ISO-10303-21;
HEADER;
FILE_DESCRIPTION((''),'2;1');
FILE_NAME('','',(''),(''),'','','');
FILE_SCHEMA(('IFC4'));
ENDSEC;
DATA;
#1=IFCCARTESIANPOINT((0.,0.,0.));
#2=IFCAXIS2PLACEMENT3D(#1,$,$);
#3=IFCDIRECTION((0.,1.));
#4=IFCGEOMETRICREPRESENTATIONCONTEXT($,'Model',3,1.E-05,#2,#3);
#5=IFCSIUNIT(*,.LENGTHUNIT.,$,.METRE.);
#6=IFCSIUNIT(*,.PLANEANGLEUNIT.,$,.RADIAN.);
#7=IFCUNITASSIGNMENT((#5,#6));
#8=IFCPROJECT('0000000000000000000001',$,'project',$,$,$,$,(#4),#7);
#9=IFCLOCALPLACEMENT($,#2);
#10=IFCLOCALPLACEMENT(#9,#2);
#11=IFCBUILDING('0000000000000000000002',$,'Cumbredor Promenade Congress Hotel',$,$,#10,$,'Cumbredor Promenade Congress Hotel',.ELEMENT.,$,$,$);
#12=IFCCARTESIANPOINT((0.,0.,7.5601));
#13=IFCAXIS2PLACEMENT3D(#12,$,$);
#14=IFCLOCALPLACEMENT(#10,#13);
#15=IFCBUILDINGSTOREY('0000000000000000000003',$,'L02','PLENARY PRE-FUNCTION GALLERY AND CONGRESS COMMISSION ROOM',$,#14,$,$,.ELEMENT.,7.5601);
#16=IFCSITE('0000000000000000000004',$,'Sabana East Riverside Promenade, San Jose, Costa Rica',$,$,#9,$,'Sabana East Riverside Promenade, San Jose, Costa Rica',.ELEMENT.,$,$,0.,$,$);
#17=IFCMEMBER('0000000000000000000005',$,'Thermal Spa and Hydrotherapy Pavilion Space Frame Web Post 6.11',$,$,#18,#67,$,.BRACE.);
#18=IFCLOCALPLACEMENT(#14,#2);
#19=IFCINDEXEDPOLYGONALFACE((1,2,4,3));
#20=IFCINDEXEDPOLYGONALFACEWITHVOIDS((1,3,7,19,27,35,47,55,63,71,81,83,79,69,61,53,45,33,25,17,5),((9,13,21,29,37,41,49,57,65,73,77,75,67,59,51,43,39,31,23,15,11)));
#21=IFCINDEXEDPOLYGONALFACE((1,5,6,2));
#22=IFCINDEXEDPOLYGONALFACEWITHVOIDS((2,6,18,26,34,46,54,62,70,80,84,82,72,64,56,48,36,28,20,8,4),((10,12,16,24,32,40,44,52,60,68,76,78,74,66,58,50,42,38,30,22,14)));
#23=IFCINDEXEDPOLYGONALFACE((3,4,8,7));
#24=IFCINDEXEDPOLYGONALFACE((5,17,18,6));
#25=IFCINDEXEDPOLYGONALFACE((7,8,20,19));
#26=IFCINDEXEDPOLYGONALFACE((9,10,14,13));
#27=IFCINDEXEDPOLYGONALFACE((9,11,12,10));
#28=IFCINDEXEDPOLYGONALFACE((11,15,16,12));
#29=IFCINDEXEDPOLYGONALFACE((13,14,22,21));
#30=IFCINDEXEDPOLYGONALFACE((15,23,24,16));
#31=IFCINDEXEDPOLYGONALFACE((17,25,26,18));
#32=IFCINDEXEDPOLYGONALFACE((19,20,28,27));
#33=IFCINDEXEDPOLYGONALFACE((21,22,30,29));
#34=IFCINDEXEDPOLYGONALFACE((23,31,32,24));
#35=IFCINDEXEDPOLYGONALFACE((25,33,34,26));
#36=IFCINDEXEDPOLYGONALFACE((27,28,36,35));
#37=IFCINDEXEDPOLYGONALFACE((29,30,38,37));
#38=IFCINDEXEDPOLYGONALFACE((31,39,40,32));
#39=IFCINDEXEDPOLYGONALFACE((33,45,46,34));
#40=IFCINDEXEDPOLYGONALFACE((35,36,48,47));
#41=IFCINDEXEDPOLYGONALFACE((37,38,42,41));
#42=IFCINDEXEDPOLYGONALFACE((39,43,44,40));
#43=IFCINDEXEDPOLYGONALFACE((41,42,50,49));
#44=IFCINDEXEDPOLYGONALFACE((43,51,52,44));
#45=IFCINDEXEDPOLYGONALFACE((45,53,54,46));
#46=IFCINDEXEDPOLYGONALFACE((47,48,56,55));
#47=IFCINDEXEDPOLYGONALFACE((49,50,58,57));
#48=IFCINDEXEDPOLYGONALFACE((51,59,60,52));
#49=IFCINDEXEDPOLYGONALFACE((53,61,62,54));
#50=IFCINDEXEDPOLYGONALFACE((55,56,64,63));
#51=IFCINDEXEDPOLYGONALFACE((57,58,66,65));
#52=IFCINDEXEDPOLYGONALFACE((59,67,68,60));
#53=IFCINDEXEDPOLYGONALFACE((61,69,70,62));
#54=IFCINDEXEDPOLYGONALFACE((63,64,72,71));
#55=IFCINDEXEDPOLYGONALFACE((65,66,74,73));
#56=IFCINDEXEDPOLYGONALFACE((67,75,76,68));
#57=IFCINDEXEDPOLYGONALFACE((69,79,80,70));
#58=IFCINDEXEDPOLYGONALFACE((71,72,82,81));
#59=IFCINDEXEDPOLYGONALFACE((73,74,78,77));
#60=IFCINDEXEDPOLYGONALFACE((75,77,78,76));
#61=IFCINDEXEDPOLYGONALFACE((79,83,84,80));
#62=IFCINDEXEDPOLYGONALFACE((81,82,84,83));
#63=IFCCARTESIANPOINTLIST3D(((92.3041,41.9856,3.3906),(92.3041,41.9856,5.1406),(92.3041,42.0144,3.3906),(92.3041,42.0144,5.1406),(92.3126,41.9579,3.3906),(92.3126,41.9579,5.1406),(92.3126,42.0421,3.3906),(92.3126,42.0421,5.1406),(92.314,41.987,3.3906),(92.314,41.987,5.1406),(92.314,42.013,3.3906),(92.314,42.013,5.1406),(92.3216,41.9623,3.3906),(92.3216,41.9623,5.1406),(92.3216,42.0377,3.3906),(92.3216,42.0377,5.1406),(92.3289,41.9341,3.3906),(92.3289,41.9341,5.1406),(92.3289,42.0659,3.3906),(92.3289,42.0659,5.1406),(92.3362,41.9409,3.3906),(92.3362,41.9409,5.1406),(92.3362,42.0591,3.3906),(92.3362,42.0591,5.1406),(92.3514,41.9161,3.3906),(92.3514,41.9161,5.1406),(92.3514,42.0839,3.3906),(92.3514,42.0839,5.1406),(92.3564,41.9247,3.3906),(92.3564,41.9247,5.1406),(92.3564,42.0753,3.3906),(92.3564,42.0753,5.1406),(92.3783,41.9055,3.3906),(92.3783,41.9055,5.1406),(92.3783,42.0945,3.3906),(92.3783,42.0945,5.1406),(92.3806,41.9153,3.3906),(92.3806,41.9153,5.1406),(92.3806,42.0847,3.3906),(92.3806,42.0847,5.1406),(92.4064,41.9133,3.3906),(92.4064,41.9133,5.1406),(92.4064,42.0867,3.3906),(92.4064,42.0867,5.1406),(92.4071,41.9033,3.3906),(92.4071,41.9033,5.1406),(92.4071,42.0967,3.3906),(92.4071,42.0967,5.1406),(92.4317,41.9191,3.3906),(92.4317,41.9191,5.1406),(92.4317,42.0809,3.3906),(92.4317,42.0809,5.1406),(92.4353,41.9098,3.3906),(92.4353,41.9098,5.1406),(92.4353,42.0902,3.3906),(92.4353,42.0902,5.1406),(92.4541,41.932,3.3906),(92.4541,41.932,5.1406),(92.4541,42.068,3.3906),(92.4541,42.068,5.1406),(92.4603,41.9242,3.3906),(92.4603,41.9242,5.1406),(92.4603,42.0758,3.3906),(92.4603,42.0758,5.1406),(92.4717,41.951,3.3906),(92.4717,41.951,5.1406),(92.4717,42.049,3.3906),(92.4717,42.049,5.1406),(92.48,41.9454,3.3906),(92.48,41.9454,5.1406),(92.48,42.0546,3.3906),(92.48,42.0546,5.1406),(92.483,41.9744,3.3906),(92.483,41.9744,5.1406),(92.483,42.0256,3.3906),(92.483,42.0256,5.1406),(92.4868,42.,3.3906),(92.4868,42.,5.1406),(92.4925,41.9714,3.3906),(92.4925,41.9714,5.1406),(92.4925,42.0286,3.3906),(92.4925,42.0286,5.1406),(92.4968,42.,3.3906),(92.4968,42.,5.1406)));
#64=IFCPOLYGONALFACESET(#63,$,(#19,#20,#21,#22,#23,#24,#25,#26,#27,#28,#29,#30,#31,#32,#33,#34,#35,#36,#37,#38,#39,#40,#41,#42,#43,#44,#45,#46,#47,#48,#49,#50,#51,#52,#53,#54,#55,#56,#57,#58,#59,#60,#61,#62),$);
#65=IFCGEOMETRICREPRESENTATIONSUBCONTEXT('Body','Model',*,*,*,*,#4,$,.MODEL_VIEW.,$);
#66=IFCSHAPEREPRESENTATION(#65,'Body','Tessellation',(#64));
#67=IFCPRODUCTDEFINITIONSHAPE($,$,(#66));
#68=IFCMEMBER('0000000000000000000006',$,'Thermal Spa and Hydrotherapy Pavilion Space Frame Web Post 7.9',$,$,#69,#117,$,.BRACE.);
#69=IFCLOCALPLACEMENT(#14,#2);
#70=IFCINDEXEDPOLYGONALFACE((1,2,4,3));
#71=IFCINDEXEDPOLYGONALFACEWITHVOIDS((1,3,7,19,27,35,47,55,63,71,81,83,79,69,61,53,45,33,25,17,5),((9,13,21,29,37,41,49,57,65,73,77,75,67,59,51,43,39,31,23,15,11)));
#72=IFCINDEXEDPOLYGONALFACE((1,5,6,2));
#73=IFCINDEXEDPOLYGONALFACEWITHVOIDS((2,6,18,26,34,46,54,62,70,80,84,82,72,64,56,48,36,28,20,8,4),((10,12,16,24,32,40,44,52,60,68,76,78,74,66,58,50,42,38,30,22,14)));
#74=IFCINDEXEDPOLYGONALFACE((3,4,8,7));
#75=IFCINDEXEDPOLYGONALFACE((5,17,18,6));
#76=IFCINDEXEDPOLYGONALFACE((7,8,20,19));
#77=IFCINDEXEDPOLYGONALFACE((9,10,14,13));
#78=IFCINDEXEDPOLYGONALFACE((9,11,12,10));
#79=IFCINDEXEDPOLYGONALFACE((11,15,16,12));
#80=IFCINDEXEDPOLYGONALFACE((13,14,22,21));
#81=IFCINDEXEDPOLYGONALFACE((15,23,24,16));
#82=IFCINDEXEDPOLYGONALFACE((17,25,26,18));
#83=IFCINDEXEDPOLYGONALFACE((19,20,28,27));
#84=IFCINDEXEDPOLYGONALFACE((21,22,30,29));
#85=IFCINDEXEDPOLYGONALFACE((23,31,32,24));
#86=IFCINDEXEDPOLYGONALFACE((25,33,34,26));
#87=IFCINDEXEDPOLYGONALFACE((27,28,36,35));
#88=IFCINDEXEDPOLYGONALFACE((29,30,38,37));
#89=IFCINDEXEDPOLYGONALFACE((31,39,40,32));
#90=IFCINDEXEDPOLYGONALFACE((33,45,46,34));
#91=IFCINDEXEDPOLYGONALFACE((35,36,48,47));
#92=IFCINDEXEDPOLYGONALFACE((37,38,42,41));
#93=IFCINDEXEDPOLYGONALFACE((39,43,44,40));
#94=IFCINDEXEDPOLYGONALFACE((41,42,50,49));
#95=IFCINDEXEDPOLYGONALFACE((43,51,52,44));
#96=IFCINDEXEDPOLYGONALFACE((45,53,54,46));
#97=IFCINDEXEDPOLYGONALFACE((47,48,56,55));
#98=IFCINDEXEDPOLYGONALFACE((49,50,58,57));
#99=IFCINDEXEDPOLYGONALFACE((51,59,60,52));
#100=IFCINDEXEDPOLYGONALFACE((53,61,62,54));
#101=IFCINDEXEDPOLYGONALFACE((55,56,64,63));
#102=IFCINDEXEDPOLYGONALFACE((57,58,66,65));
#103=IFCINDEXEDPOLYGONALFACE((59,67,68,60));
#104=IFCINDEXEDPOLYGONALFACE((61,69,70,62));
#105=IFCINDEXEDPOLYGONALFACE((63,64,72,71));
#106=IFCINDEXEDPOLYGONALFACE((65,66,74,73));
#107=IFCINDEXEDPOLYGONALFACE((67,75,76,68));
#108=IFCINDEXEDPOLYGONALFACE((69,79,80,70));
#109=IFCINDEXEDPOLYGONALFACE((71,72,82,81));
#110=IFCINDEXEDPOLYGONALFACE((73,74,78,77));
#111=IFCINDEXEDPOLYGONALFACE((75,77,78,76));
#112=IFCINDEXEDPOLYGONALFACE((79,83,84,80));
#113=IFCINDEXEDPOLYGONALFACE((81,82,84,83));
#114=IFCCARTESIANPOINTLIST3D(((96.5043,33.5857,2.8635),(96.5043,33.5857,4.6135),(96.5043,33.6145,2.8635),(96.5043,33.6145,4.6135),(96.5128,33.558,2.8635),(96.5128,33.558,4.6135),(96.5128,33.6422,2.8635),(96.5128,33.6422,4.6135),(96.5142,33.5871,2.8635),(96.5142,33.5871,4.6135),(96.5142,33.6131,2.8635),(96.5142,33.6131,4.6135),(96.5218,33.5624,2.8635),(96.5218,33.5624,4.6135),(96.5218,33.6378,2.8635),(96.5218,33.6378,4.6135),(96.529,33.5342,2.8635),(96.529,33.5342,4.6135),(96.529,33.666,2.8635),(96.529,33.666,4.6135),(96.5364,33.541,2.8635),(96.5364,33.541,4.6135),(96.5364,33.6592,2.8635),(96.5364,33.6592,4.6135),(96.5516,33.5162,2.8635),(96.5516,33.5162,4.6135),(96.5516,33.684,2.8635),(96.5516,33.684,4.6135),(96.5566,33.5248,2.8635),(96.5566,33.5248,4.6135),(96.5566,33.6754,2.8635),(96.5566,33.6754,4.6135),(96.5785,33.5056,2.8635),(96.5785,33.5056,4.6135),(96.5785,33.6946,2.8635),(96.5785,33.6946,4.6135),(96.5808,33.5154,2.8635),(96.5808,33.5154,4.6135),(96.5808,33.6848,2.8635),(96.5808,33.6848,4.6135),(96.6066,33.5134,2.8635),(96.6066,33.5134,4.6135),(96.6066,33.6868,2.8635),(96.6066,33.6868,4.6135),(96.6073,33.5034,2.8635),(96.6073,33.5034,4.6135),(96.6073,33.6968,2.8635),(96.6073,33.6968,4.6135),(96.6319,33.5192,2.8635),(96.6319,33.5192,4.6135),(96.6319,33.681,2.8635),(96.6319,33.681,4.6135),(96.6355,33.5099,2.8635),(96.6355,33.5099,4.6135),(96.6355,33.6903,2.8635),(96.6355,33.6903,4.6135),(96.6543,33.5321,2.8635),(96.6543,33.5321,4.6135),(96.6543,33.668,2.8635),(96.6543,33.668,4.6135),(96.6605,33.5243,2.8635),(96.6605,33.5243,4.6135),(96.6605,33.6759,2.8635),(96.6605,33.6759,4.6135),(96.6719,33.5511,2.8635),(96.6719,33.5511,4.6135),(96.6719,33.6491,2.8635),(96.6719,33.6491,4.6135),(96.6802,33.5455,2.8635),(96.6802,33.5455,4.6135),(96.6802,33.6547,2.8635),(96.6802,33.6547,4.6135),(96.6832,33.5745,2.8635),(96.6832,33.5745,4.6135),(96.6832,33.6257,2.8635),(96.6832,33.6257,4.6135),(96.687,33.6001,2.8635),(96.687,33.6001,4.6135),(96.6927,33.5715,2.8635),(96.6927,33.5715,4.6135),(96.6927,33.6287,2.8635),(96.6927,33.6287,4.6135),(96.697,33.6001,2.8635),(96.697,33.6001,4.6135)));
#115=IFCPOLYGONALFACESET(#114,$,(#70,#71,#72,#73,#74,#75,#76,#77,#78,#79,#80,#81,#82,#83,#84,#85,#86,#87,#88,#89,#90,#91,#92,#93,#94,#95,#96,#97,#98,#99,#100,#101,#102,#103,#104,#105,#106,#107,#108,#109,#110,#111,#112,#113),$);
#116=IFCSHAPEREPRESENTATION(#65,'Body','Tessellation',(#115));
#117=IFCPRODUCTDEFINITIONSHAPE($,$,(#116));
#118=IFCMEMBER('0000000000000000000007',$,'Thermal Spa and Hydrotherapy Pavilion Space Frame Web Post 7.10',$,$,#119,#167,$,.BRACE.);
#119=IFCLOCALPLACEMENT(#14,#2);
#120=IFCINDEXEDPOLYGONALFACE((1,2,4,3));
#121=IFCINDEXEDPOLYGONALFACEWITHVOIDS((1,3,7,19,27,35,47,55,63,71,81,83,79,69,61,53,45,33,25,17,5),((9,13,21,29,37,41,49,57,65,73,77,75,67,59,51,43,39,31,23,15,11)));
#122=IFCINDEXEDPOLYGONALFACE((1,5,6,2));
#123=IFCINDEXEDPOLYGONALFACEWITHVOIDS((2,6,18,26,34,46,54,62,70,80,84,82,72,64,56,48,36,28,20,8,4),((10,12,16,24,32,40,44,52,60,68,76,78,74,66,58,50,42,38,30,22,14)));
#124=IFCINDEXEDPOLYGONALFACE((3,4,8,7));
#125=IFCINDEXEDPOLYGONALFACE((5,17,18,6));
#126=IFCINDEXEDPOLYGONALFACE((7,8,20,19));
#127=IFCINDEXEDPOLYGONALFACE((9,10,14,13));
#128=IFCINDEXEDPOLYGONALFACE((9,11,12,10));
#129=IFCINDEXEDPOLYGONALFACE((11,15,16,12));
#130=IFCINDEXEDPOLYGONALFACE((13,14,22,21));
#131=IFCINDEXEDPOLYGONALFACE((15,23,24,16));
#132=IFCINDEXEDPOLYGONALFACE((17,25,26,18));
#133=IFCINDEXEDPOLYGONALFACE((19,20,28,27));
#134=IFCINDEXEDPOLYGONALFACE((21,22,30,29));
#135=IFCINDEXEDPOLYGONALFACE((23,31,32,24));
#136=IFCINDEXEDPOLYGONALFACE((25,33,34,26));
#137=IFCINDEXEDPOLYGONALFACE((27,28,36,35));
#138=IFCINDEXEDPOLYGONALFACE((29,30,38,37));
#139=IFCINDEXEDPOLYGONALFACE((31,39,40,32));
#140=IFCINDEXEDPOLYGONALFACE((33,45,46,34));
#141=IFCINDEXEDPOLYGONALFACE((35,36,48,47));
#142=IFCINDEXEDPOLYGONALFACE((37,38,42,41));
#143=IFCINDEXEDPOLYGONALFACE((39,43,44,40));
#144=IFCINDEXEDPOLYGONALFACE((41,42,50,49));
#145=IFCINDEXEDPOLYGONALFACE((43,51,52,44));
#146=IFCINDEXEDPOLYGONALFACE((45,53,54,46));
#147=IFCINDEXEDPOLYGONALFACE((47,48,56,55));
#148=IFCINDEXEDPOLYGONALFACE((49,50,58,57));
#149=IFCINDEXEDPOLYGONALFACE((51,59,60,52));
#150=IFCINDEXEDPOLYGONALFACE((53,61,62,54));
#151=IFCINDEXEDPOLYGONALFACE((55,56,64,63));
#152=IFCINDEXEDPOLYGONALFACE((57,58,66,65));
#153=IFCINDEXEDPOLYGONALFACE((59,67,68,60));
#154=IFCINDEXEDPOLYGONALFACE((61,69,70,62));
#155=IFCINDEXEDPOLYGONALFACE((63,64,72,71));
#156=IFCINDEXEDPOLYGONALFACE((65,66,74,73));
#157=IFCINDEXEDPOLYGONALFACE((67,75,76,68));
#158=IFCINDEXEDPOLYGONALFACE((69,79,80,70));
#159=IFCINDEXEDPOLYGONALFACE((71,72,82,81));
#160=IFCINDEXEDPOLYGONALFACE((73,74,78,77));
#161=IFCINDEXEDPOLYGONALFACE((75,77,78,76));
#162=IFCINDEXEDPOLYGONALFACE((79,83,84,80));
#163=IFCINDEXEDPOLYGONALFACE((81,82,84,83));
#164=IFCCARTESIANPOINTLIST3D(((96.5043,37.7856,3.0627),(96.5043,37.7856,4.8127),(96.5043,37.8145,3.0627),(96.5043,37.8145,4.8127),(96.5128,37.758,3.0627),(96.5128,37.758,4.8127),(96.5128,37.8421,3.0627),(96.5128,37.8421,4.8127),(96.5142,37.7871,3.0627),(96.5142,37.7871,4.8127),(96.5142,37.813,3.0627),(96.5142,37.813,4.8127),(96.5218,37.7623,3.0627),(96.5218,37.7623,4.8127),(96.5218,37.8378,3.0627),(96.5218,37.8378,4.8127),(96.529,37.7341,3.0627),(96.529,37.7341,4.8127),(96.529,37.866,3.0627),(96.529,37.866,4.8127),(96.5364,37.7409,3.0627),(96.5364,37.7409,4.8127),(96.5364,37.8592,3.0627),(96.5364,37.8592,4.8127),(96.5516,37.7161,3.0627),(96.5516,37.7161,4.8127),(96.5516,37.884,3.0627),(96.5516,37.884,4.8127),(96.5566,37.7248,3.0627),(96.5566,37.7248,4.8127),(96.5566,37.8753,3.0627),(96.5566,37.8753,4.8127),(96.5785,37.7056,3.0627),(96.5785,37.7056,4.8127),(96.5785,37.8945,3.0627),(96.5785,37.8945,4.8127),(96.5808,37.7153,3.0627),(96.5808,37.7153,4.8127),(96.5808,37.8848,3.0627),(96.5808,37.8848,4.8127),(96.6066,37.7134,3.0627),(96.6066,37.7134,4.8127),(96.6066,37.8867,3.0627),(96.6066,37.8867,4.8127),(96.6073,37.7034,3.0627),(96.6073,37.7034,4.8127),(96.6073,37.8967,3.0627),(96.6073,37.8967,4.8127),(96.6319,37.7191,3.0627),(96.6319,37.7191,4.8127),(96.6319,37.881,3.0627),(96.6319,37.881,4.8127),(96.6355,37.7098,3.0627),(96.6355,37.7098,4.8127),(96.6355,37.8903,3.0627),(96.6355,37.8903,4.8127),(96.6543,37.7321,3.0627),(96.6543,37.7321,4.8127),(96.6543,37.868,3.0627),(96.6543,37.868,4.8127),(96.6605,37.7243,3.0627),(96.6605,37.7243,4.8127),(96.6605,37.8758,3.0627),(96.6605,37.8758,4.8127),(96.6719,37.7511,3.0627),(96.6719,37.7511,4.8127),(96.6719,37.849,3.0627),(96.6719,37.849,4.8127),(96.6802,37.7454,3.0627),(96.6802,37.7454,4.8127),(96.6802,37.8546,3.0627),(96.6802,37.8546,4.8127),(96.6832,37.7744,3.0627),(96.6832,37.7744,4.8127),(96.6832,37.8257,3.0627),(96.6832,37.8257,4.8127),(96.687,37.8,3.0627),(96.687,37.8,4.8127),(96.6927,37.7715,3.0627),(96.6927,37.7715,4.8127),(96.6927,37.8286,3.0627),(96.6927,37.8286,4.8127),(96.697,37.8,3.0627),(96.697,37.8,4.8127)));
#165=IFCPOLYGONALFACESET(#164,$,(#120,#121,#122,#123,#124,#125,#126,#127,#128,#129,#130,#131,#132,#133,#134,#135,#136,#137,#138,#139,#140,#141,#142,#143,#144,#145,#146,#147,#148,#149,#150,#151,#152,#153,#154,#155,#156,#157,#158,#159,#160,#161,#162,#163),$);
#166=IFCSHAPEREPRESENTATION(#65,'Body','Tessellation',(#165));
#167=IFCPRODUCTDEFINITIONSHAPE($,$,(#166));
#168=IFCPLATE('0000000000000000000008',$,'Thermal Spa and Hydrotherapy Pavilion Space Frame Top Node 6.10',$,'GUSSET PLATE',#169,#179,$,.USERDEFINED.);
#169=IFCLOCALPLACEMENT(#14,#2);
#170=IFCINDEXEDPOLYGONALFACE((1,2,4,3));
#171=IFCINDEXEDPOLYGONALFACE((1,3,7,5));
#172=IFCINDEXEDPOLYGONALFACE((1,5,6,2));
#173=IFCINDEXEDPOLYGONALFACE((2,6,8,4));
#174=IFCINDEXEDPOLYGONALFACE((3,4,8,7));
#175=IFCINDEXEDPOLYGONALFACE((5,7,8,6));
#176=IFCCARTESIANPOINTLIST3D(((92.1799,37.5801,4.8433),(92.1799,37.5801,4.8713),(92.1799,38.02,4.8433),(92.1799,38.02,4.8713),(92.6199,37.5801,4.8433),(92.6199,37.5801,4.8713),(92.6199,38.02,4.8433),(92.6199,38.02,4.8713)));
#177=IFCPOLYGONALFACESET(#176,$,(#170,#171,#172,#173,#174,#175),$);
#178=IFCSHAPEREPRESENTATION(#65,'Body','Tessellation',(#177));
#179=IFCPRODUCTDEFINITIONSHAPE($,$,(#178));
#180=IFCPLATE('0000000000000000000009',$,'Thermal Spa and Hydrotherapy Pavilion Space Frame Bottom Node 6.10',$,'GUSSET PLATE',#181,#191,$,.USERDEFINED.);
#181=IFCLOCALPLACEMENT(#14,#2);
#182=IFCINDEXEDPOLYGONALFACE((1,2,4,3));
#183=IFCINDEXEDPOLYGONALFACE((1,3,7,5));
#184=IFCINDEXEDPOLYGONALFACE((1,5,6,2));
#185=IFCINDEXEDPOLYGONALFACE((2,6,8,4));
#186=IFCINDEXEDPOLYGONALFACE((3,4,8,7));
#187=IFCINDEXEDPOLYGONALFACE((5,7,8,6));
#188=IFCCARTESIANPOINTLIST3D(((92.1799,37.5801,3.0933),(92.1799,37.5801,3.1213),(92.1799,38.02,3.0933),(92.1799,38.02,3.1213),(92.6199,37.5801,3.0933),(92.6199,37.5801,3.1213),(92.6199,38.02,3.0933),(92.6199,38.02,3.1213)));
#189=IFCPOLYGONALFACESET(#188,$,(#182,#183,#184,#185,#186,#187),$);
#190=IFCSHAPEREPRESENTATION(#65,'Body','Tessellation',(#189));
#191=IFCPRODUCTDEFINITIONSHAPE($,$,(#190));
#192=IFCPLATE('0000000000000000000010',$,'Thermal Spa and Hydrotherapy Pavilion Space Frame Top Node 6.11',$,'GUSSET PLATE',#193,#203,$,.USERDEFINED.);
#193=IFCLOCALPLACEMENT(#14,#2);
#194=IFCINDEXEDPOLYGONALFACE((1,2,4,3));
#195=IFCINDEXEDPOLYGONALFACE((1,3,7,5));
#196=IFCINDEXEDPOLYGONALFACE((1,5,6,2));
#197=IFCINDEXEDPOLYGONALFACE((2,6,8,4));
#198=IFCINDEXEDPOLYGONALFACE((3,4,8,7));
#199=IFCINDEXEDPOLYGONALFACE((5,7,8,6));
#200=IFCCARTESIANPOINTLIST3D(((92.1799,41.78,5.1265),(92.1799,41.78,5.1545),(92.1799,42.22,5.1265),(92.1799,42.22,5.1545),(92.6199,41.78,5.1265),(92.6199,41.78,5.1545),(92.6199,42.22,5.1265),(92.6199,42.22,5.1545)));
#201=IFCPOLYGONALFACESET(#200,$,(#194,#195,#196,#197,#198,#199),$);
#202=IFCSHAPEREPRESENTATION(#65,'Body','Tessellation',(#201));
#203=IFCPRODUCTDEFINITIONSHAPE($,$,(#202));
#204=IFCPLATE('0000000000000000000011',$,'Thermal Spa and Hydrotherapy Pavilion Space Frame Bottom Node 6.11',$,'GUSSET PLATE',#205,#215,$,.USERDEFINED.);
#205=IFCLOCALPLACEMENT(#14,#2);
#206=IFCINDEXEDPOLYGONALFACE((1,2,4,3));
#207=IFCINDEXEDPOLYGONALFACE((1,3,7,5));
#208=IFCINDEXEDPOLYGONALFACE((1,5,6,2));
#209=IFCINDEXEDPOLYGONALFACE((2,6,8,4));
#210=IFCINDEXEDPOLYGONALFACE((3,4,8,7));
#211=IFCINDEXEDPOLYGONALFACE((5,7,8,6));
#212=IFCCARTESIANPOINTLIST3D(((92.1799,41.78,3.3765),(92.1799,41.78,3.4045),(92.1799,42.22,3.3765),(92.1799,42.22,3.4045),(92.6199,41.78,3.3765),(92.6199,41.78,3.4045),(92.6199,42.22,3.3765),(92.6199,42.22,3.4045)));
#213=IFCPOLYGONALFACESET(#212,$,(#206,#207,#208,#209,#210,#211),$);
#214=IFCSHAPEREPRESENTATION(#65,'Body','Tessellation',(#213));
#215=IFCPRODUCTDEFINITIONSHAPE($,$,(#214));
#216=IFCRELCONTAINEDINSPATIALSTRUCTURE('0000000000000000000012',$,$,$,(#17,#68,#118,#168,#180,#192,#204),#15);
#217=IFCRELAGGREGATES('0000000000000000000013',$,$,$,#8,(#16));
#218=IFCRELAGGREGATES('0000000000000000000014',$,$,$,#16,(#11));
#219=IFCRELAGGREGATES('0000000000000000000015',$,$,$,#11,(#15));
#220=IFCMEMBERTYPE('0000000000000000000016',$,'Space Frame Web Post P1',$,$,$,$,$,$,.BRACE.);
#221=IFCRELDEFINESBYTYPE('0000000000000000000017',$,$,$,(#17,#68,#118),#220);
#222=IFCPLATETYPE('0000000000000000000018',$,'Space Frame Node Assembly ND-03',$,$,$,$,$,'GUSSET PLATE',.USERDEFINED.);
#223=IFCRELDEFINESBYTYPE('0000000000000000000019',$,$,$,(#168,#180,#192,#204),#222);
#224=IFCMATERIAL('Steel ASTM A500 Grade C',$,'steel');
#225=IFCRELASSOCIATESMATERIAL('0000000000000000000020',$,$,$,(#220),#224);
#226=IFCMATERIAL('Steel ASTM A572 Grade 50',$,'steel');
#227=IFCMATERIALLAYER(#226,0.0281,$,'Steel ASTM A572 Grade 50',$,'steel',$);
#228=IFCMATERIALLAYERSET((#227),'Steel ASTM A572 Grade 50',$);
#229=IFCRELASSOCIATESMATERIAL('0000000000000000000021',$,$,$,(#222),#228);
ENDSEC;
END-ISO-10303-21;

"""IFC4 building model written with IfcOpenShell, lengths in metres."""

from ifc_helpers import new_model, si_unit, direction, frame, origin, origin_2d, place, context, subcontext, project, spatial, rectangle, hollow_circle, extrude, material, layer, layer_set, material_profile, profile_set, type_object, element, save


model = new_model("IFC4")

# Units and contexts
model_context = context("Model", 3, precision=1e-05, world=origin(), true_north=direction((0.0, 1.0)))
body_context = subcontext(model_context, "Body", "Model", "MODEL_VIEW")
ifc_project = project(units=[si_unit("LENGTHUNIT", "METRE"), si_unit("PLANEANGLEUNIT", "RADIAN")], contexts=[model_context])

# Site, building, storey
site_placement = place(None, origin())
site = spatial("IfcSite", under=ifc_project, at=site_placement, Name="Sabana East Riverside Promenade, San Jose, Costa Rica", LongName="Sabana East Riverside Promenade, San Jose, Costa Rica", CompositionType="ELEMENT", RefElevation=0.0)
building_placement = place(site_placement, origin())
building = spatial("IfcBuilding", under=site, at=building_placement, Name="Cumbredor Promenade Congress Hotel", LongName="Cumbredor Promenade Congress Hotel", CompositionType="ELEMENT")
storey_placement = place(building_placement, frame((0.0, 0.0, 7.5601)))
storey = spatial("IfcBuildingStorey", under=building, at=storey_placement, Name="L02", Description="PLENARY PRE-FUNCTION GALLERY AND CONGRESS COMMISSION ROOM", CompositionType="ELEMENT", Elevation=7.5601)

# Members
ifc_material_1 = material(Name="Steel ASTM A500 Grade C", Category="steel")
ifc_material_profile_1 = material_profile(ifc_material_1, hollow_circle(Radius=0.0969, WallThickness=0.01, at=origin_2d()), Name="CHS 193.7x10")
ifc_profile_set_1 = profile_set([ifc_material_profile_1], Name="Steel ASTM A500 Grade C")
member_type_1 = type_object("IfcMemberType", Name="Space Frame Web Post P1", PredefinedType="BRACE", material=ifc_profile_set_1)
for number, where, z_axis, x_axis, name in (
    (1, (92.3999, 42.0, 3.3906), (0.0, 0.0, 1.0), (1.0, 0.0, 0.0), "Thermal Spa and Hydrotherapy Pavilion Space Frame Web Post 6.11"),
    (2, (96.6001, 33.6001, 2.8635), (0.0, 0.0, 1.0), (1.0, 0.0, 0.0), "Thermal Spa and Hydrotherapy Pavilion Space Frame Web Post 7.9"),
    (3, (96.6001, 37.8, 3.0627), (0.0, 0.0, 1.0), (1.0, 0.0, 0.0), "Thermal Spa and Hydrotherapy Pavilion Space Frame Web Post 7.10"),
):
    element("IfcMember", number, at=place(storey_placement, frame(where, z_axis=z_axis, x_axis=x_axis)), inside=storey, type_object=member_type_1, Name=name, PredefinedType="BRACE", context=body_context, shape_type="SweptSolid", body=[
        extrude(hollow_circle(Radius=0.0969, WallThickness=0.01, at=origin_2d()), origin(), (0.0, 0.0, 1.0), 1.75),
    ])

# Plates
ifc_material_2 = material(Name="Steel ASTM A572 Grade 50", Category="steel")
ifc_layer = layer(ifc_material_2, 0.0281, Name="Steel ASTM A572 Grade 50", Category="steel")
ifc_layer_set = layer_set([ifc_layer], Name="Steel ASTM A572 Grade 50")
plate_type = type_object("IfcPlateType", Name="Space Frame Node Assembly ND-03", ElementType="GUSSET PLATE", PredefinedType="USERDEFINED", material=ifc_layer_set)
for number, where, z_axis, x_axis, name in (
    (4, (92.3999, 37.8, 4.8433), (0.0, 0.0, 1.0), (1.0, 0.0, 0.0), "Thermal Spa and Hydrotherapy Pavilion Space Frame Top Node 6.10"),
    (5, (92.3999, 37.8, 3.0933), (0.0, 0.0, 1.0), (1.0, 0.0, 0.0), "Thermal Spa and Hydrotherapy Pavilion Space Frame Bottom Node 6.10"),
    (6, (92.3999, 42.0, 5.1265), (0.0, 0.0, 1.0), (1.0, 0.0, 0.0), "Thermal Spa and Hydrotherapy Pavilion Space Frame Top Node 6.11"),
    (7, (92.3999, 42.0, 3.3765), (0.0, 0.0, 1.0), (1.0, 0.0, 0.0), "Thermal Spa and Hydrotherapy Pavilion Space Frame Bottom Node 6.11"),
):
    element("IfcPlate", number, at=place(storey_placement, frame(where, z_axis=z_axis, x_axis=x_axis)), inside=storey, type_object=plate_type, Name=name, ObjectType="GUSSET PLATE", PredefinedType="USERDEFINED", context=body_context, shape_type="SweptSolid", body=[
        extrude(rectangle(XDim=0.4399, YDim=0.4399, at=origin_2d()), origin(), (0.0, 0.0, 1.0), 0.0281),
    ])

save(model, "model.ifc")
